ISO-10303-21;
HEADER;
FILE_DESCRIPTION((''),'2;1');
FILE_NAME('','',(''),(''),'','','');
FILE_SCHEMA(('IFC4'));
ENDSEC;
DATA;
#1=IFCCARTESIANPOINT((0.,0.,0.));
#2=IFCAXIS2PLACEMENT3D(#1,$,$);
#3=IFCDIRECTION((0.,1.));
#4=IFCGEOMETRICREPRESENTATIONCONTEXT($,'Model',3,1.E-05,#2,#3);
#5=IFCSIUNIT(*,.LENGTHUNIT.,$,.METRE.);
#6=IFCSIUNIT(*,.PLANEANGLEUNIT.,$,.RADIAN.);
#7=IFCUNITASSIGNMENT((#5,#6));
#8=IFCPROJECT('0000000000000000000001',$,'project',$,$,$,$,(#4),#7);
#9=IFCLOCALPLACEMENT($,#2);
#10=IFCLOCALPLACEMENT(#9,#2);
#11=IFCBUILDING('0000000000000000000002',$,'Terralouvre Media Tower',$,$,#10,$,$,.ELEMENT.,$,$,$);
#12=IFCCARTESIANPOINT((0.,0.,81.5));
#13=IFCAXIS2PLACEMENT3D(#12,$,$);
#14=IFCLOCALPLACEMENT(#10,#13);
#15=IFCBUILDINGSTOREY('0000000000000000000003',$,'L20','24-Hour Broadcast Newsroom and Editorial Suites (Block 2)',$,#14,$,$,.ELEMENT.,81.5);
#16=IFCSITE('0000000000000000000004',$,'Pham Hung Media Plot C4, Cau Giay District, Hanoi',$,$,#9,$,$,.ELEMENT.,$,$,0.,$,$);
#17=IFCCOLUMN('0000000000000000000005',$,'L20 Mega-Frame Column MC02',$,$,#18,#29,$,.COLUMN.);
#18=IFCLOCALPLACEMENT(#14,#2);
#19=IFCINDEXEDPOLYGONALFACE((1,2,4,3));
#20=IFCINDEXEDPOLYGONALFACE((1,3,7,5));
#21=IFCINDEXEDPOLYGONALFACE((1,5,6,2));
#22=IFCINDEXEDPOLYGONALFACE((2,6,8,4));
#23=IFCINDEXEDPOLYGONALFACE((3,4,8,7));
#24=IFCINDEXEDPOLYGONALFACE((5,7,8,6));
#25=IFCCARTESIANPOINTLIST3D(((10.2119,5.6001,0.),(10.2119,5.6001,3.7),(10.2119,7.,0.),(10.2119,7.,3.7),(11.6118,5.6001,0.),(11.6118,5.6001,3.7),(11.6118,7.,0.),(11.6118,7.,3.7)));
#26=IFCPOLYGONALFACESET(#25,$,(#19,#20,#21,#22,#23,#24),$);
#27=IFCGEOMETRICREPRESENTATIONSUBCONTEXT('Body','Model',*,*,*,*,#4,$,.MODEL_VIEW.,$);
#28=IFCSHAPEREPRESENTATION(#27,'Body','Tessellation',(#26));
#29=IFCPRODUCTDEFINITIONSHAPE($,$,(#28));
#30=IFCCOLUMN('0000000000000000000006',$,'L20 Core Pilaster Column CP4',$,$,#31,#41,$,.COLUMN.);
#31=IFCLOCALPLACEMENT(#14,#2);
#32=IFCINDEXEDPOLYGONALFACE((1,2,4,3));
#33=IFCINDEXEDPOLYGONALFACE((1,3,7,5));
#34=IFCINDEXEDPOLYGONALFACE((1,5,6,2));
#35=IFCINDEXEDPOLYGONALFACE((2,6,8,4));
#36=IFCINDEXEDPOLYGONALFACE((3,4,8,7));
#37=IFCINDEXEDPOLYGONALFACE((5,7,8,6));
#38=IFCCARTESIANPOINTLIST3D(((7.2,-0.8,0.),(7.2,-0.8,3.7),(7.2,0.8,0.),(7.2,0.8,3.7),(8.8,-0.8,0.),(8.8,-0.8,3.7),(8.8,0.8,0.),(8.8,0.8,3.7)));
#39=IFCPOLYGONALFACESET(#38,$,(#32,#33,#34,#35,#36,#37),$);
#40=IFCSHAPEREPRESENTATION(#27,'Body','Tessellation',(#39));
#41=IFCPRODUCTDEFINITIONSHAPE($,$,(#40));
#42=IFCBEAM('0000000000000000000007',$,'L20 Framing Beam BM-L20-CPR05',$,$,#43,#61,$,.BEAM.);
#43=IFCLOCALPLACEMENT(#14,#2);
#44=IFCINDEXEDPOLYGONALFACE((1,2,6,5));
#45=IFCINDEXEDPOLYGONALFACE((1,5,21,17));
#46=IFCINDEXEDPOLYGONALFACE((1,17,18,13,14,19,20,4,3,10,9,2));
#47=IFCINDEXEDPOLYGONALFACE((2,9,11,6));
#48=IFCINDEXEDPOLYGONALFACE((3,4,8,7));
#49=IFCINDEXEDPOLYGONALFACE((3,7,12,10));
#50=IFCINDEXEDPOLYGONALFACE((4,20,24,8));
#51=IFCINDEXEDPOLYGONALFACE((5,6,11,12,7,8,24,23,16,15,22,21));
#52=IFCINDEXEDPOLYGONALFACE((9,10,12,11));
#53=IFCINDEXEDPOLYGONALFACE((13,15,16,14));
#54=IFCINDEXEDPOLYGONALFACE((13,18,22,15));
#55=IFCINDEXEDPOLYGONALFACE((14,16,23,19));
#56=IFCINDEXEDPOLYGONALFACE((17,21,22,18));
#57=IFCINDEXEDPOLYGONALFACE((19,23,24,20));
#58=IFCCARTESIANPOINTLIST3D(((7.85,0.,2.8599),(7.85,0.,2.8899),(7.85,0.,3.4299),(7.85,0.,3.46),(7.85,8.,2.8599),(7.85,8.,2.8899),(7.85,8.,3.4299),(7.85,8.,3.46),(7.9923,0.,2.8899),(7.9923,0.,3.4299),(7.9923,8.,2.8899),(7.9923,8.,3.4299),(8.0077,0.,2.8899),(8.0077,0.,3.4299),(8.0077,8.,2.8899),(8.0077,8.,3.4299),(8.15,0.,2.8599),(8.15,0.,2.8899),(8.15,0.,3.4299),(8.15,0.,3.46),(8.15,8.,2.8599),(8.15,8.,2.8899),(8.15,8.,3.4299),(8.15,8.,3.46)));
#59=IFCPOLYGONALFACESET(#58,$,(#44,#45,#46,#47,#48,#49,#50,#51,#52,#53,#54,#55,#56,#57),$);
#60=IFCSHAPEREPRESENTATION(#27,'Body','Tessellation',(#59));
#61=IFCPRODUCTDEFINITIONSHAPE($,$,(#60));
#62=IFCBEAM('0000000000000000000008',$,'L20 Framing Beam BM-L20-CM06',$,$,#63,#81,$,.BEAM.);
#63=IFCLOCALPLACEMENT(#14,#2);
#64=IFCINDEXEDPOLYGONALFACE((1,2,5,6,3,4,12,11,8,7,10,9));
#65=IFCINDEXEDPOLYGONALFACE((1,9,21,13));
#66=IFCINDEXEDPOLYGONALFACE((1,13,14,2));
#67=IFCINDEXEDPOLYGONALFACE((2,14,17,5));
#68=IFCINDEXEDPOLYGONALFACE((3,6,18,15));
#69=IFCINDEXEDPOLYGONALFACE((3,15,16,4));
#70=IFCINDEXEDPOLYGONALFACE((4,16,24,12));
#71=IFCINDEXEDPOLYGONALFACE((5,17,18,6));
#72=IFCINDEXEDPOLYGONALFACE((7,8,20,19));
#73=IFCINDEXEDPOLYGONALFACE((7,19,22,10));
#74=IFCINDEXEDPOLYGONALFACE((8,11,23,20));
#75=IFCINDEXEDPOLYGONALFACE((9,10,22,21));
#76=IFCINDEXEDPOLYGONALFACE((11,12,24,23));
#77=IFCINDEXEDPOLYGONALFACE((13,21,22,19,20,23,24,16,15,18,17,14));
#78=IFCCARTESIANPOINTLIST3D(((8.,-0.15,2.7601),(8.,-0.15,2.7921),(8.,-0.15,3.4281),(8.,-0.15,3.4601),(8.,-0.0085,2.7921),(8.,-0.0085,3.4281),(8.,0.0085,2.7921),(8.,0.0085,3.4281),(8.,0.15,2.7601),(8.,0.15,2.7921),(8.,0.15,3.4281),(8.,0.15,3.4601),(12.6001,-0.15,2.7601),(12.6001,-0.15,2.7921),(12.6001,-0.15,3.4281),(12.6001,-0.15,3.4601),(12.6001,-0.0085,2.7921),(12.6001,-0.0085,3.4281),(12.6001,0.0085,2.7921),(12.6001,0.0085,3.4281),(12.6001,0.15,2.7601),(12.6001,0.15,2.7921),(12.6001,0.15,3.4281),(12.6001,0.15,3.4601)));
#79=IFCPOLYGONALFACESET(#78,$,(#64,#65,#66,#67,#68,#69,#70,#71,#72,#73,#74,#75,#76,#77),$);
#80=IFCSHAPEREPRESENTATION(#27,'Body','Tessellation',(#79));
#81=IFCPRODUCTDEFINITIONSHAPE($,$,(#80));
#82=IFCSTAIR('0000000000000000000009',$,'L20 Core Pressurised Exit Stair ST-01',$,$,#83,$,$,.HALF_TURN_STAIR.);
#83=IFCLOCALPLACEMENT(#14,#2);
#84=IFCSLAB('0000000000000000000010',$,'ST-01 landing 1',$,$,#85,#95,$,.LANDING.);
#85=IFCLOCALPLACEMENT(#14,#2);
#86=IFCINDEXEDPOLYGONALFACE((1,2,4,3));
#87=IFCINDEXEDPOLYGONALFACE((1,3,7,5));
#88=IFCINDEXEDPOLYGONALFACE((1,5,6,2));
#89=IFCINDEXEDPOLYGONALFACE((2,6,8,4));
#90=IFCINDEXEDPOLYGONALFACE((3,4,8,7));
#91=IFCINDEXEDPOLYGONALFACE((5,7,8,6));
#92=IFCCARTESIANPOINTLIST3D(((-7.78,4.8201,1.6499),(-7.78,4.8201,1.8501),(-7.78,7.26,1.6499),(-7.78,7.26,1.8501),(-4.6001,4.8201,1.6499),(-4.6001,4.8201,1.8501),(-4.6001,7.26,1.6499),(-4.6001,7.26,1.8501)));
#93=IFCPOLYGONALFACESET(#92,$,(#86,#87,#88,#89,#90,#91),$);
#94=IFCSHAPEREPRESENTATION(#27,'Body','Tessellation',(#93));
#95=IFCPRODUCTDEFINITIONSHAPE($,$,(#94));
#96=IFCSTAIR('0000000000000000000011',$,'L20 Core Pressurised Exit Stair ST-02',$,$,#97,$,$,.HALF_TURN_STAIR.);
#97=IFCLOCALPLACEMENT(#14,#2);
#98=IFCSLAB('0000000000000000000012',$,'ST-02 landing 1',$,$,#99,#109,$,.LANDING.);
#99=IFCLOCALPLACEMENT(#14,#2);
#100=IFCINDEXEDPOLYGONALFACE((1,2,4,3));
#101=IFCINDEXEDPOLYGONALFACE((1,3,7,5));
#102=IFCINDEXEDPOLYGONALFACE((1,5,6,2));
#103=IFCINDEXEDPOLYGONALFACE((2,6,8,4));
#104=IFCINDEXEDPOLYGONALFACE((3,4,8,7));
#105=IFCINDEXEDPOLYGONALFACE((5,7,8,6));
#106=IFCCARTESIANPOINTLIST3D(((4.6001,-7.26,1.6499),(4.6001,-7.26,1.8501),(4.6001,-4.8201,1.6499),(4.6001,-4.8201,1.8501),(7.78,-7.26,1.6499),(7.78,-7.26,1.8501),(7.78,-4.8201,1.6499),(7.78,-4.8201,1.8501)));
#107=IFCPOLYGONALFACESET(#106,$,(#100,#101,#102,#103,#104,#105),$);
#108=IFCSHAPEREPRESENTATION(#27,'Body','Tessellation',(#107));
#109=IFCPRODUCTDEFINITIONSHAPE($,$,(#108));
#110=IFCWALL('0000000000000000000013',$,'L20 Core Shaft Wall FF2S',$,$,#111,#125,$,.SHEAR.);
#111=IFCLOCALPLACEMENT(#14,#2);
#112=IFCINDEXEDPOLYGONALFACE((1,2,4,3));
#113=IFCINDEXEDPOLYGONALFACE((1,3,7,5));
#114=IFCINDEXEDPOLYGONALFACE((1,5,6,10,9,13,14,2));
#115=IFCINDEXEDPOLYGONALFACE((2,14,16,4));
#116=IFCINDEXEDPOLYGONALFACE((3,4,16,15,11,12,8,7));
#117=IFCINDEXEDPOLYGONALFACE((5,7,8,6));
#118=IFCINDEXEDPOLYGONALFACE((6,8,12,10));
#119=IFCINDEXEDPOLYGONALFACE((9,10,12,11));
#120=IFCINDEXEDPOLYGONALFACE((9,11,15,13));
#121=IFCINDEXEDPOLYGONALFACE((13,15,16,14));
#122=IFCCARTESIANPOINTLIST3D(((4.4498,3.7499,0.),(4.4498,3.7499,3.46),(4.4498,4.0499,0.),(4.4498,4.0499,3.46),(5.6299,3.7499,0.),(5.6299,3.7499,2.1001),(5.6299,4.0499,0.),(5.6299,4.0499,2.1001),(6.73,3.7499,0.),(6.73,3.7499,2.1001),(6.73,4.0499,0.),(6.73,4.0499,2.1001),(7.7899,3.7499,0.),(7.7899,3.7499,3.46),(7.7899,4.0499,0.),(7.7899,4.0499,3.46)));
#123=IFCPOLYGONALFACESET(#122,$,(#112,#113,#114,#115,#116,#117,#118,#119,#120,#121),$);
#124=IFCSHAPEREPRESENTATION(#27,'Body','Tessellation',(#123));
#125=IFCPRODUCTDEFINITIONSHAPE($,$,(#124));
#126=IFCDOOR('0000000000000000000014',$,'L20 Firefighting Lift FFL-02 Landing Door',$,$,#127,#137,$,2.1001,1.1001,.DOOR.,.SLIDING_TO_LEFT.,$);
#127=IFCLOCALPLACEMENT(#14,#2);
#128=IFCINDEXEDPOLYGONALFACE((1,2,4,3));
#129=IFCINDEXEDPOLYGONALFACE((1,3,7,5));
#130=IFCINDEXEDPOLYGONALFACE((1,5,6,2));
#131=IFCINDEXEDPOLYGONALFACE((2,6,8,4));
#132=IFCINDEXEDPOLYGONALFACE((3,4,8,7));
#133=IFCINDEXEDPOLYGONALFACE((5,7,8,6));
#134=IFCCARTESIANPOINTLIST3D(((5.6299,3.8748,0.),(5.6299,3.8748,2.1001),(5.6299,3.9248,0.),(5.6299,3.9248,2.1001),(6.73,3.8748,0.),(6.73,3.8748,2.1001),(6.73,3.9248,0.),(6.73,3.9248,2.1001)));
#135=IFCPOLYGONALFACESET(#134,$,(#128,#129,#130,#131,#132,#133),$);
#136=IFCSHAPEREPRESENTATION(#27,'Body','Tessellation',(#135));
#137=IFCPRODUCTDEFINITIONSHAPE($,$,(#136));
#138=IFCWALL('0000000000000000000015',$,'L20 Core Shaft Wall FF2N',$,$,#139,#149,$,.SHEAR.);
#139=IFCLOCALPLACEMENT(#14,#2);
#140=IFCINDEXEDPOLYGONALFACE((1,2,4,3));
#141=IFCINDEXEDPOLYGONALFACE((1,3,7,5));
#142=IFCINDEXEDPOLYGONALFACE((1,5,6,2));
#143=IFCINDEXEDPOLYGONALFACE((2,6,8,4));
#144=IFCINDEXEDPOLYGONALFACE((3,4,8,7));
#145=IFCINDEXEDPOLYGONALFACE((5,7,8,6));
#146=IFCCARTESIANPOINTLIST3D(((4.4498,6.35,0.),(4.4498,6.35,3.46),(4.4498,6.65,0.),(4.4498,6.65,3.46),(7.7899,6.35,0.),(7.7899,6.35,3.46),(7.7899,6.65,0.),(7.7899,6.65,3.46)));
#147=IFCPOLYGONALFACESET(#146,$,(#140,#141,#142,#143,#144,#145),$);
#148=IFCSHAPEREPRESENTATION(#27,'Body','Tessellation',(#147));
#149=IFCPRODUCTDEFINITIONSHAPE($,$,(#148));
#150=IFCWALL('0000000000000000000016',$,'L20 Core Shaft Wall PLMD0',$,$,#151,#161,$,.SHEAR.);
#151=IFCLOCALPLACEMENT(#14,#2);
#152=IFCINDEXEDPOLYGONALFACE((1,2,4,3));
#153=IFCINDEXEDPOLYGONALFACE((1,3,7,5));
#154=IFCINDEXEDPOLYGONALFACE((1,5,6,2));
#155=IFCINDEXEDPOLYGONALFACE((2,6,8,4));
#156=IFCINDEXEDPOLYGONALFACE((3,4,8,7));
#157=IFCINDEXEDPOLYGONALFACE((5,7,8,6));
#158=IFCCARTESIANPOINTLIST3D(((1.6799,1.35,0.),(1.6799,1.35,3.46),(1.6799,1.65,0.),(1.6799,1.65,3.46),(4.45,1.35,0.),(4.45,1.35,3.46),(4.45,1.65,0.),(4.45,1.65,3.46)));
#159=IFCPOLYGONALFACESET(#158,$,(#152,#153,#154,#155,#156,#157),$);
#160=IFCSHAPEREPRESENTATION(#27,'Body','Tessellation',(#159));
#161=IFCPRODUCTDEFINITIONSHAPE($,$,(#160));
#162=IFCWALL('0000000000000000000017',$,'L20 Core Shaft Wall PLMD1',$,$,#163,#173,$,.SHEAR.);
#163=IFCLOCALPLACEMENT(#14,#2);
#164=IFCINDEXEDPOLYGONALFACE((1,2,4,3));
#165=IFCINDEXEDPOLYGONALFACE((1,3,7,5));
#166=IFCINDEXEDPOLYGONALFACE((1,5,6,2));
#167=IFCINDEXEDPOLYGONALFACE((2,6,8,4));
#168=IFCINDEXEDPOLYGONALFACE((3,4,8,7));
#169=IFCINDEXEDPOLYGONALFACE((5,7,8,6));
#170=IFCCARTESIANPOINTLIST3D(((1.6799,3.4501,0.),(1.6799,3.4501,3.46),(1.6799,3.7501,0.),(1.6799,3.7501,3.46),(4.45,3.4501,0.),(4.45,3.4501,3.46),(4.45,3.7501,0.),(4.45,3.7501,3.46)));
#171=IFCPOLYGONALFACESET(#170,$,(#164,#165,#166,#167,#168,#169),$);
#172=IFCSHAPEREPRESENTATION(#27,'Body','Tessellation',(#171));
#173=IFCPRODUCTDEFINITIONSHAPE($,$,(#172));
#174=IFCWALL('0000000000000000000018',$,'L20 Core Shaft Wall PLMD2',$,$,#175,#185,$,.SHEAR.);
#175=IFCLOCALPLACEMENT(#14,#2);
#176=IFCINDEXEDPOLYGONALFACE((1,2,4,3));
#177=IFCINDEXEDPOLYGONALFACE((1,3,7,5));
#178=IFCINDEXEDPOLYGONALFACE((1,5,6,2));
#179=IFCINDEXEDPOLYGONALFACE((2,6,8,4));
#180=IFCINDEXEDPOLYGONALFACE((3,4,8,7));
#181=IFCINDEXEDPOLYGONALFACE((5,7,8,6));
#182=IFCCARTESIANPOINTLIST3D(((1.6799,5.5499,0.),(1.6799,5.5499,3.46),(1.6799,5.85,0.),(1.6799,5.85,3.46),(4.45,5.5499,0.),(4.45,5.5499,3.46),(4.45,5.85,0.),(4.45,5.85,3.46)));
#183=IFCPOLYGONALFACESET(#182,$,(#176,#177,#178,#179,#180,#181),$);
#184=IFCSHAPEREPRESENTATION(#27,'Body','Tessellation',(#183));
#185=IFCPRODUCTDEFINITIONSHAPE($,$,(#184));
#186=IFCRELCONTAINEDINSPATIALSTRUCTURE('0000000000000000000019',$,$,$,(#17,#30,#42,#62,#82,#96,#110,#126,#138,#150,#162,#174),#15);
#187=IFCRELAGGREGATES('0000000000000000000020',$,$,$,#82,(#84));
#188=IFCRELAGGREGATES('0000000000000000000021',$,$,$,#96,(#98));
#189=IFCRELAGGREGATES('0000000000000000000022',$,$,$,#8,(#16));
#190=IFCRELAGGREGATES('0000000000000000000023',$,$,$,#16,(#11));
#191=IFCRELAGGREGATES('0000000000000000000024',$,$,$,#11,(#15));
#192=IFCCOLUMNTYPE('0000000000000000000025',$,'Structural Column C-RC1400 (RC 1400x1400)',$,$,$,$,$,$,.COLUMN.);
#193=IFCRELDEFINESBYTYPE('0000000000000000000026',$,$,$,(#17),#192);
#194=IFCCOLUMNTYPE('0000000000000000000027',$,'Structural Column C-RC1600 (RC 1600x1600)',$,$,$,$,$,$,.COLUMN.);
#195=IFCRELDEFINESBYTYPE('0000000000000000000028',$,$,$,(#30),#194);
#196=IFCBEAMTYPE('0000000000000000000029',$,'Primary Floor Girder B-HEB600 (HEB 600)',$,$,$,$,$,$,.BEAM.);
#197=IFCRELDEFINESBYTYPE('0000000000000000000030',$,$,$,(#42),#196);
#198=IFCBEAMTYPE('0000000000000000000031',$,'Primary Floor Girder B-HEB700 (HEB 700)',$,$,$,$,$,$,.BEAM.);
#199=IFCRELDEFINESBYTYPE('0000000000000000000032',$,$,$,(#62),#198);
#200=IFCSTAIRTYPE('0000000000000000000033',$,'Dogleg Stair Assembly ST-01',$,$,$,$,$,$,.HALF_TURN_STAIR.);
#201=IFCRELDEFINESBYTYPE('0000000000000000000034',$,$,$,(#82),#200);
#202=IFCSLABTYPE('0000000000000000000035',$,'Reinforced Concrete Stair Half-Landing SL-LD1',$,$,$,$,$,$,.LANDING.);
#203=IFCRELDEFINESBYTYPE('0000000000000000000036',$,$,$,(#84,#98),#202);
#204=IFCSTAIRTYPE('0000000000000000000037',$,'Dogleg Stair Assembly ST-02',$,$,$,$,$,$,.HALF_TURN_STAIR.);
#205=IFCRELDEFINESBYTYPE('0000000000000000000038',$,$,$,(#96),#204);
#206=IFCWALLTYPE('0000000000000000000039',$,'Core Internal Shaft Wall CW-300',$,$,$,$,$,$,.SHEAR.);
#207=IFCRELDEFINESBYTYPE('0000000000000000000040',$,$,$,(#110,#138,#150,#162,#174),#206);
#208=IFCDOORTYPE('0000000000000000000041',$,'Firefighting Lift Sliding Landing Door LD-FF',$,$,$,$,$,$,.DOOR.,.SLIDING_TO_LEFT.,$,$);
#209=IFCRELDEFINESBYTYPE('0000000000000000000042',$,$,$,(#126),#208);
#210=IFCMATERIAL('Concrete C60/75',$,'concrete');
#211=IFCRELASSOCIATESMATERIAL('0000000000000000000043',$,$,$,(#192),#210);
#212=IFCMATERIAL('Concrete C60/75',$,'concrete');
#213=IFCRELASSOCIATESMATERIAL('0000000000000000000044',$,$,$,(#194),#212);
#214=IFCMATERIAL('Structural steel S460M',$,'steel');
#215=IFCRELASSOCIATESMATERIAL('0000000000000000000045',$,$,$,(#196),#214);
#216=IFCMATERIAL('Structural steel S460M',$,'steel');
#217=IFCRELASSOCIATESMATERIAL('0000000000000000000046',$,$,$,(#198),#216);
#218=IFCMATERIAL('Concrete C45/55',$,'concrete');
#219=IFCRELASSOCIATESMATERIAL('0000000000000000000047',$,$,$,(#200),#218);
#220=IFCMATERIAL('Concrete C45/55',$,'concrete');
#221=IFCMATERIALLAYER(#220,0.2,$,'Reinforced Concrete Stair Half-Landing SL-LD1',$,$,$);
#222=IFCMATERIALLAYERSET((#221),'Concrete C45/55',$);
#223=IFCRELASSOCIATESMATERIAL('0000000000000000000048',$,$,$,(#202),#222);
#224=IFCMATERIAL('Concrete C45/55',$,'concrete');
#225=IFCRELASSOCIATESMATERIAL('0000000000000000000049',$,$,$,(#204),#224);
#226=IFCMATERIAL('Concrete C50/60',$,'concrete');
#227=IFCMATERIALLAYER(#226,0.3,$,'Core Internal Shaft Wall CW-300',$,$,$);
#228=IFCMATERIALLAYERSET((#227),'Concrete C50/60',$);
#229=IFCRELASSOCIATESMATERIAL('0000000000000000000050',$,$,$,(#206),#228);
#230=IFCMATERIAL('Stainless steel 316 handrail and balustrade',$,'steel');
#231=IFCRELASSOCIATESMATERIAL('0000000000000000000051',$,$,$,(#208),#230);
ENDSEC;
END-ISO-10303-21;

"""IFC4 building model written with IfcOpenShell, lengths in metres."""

from ifc_helpers import new_model, si_unit, direction, frame, frame_2d, origin, origin_2d, place, context, subcontext, project, spatial, polyline, rectangle, i_section, outline, extrude, material, layer, layer_set, material_profile, profile_set, type_object, element, fill, aggregate, save


model = new_model("IFC4")

# Units and contexts
model_context = context("Model", 3, precision=1e-05, world=origin(), true_north=direction((0.0, 1.0)))
body_context = subcontext(model_context, "Body", "Model", "MODEL_VIEW")
ifc_project = project(units=[si_unit("LENGTHUNIT", "METRE"), si_unit("PLANEANGLEUNIT", "RADIAN")], contexts=[model_context])

# Site, building, storey
site_placement = place(None, origin())
site = spatial("IfcSite", under=ifc_project, at=site_placement, Name="Pham Hung Media Plot C4, Cau Giay District, Hanoi", CompositionType="ELEMENT", RefElevation=0.0)
building_placement = place(site_placement, origin())
building = spatial("IfcBuilding", under=site, at=building_placement, Name="Terralouvre Media Tower", CompositionType="ELEMENT")
storey_placement = place(building_placement, frame((0.0, 0.0, 81.5)))
storey = spatial("IfcBuildingStorey", under=building, at=storey_placement, Name="L20", Description="24-Hour Broadcast Newsroom and Editorial Suites (Block 2)", CompositionType="ELEMENT", Elevation=81.5)

# Columns
ifc_material_1 = material(Name="Concrete C60/75", Category="concrete")
ifc_material_profile_1 = material_profile(ifc_material_1, rectangle(XDim=1.3999, YDim=1.3999, at=origin_2d()), Name="RC 1400x1400")
ifc_profile_set_1 = profile_set([ifc_material_profile_1], Name="Concrete C60/75")
column_type_1 = type_object("IfcColumnType", Name="Structural Column C-RC1400 (RC 1400x1400)", PredefinedType="COLUMN", material=ifc_profile_set_1)
column_1_placement = place(storey_placement, frame((10.9119, 6.3, 0.0), z_axis=(0.0, 0.0, 1.0), x_axis=(1.0, 0.0, 0.0)))
element("IfcColumn", 1, at=column_1_placement, inside=storey, type_object=column_type_1, Name="L20 Mega-Frame Column MC02", PredefinedType="COLUMN", context=body_context, shape_type="SweptSolid", body=[
    extrude(rectangle(XDim=1.3999, YDim=1.3999, at=origin_2d()), origin(), (0.0, 0.0, 1.0), 3.7),
])
ifc_material_2 = material(Name="Concrete C60/75", Category="concrete")
ifc_material_profile_2 = material_profile(ifc_material_2, rectangle(XDim=1.6001, YDim=1.6001, at=origin_2d()), Name="RC 1600x1600")
ifc_profile_set_2 = profile_set([ifc_material_profile_2], Name="Concrete C60/75")
column_type_2 = type_object("IfcColumnType", Name="Structural Column C-RC1600 (RC 1600x1600)", PredefinedType="COLUMN", material=ifc_profile_set_2)
column_2_placement = place(storey_placement, frame((8.0, 0.0, 0.0), z_axis=(0.0, 0.0, 1.0), x_axis=(1.0, 0.0, 0.0)))
element("IfcColumn", 2, at=column_2_placement, inside=storey, type_object=column_type_2, Name="L20 Core Pilaster Column CP4", PredefinedType="COLUMN", context=body_context, shape_type="SweptSolid", body=[
    extrude(rectangle(XDim=1.6001, YDim=1.6001, at=origin_2d()), origin(), (0.0, 0.0, 1.0), 3.7),
])

# Beams
ifc_material_3 = material(Name="Structural steel S460M", Category="steel")
ifc_material_profile_3 = material_profile(ifc_material_3, i_section(OverallWidth=0.3, OverallDepth=0.6001, WebThickness=0.0154, FlangeThickness=0.03, at=origin_2d()), Name="HEB 600")
ifc_profile_set_3 = profile_set([ifc_material_profile_3], Name="Structural steel S460M")
beam_type_1 = type_object("IfcBeamType", Name="Primary Floor Girder B-HEB600 (HEB 600)", PredefinedType="BEAM", material=ifc_profile_set_3)
beam_1_placement = place(storey_placement, frame((8.0, 0.0, 3.1599), z_axis=(0.0, 1.0, 0.0), x_axis=(-1.0, 0.0, 0.0)))
element("IfcBeam", 3, at=beam_1_placement, inside=storey, type_object=beam_type_1, Name="L20 Framing Beam BM-L20-CPR05", PredefinedType="BEAM", context=body_context, shape_type="SweptSolid", body=[
    extrude(i_section(OverallWidth=0.3, OverallDepth=0.6001, WebThickness=0.0154, FlangeThickness=0.03, at=origin_2d()), origin(), (0.0, 0.0, 1.0), 8.0),
])
ifc_material_4 = material(Name="Structural steel S460M", Category="steel")
ifc_material_profile_4 = material_profile(ifc_material_4, i_section(OverallWidth=0.3, OverallDepth=0.7, WebThickness=0.0171, FlangeThickness=0.032, at=origin_2d()), Name="HEB 700")
ifc_profile_set_4 = profile_set([ifc_material_profile_4], Name="Structural steel S460M")
beam_type_2 = type_object("IfcBeamType", Name="Primary Floor Girder B-HEB700 (HEB 700)", PredefinedType="BEAM", material=ifc_profile_set_4)
beam_2_placement = place(storey_placement, frame((8.0, 0.0, 3.1101), z_axis=(1.0, 0.0, 0.0), x_axis=(0.0, 1.0, 0.0)))
element("IfcBeam", 4, at=beam_2_placement, inside=storey, type_object=beam_type_2, Name="L20 Framing Beam BM-L20-CM06", PredefinedType="BEAM", context=body_context, shape_type="SweptSolid", body=[
    extrude(i_section(OverallWidth=0.3, OverallDepth=0.7, WebThickness=0.0171, FlangeThickness=0.032, at=origin_2d()), origin(), (0.0, 0.0, 1.0), 4.6001),
])

# Stairs, slabs
ifc_material_5 = material(Name="Concrete C45/55", Category="concrete")
stair_type_1 = type_object("IfcStairType", Name="Dogleg Stair Assembly ST-01", PredefinedType="HALF_TURN_STAIR", material=ifc_material_5)
stair_1_placement = place(storey_placement, origin())
stair_1 = element("IfcStair", 5, at=stair_1_placement, inside=storey, type_object=stair_type_1, Name="L20 Core Pressurised Exit Stair ST-01", PredefinedType="HALF_TURN_STAIR")
ifc_material_6 = material(Name="Concrete C45/55", Category="concrete")
ifc_layer_1 = layer(ifc_material_6, 0.2, Name="Reinforced Concrete Stair Half-Landing SL-LD1")
ifc_layer_set_1 = layer_set([ifc_layer_1], Name="Concrete C45/55")
slab_type = type_object("IfcSlabType", Name="Reinforced Concrete Stair Half-Landing SL-LD1", PredefinedType="LANDING", material=ifc_layer_set_1)
slab_1_placement = place(storey_placement, frame((0.0, 0.0, 1.6499)))
slab_1 = element("IfcSlab", 6, at=slab_1_placement, type_object=slab_type, Name="ST-01 landing 1", PredefinedType="LANDING", context=body_context, shape_type="SweptSolid", body=[
    extrude(outline(polyline([(-4.6001, 4.8201), (-4.6001, 7.26), (-7.78, 7.26), (-7.78, 4.8201), (-4.6001, 4.8201)])), origin(), (0.0, 0.0, 1.0), 0.2002),
])
aggregate(stair_1, [slab_1])
ifc_material_7 = material(Name="Concrete C45/55", Category="concrete")
stair_type_2 = type_object("IfcStairType", Name="Dogleg Stair Assembly ST-02", PredefinedType="HALF_TURN_STAIR", material=ifc_material_7)
stair_2_placement = place(storey_placement, origin())
stair_2 = element("IfcStair", 7, at=stair_2_placement, inside=storey, type_object=stair_type_2, Name="L20 Core Pressurised Exit Stair ST-02", PredefinedType="HALF_TURN_STAIR")
slab_2_placement = place(storey_placement, frame((0.0, 0.0, 1.6499)))
slab_2 = element("IfcSlab", 8, at=slab_2_placement, type_object=slab_type, Name="ST-02 landing 1", PredefinedType="LANDING", context=body_context, shape_type="SweptSolid", body=[
    extrude(outline(polyline([(4.6001, -4.8201), (4.6001, -7.26), (7.78, -7.26), (7.78, -4.8201), (4.6001, -4.8201)])), origin(), (0.0, 0.0, 1.0), 0.2002),
])
aggregate(stair_2, [slab_2])

# Wall, opening, door
ifc_material_8 = material(Name="Concrete C50/60", Category="concrete")
ifc_layer_2 = layer(ifc_material_8, 0.3, Name="Core Internal Shaft Wall CW-300")
ifc_layer_set_2 = layer_set([ifc_layer_2], Name="Concrete C50/60")
wall_type_1 = type_object("IfcWallType", Name="Core Internal Shaft Wall CW-300", PredefinedType="SHEAR", material=ifc_layer_set_2)
wall_1_placement = place(storey_placement, frame((4.45, 3.8999, 0.0), z_axis=(0.0, 0.0, 1.0), x_axis=(1.0, 0.0, 0.0)))
wall_1 = element("IfcWall", 9, at=wall_1_placement, inside=storey, type_object=wall_type_1, Name="L20 Core Shaft Wall FF2S", PredefinedType="SHEAR", context=body_context, shape_type="SweptSolid", body=[
    extrude(rectangle(XDim=3.3401, YDim=0.3, at=frame_2d((1.6699, 0.0))), origin(), (0.0, 0.0, 1.0), 3.46),
])
opening_1_placement = place(wall_1_placement, frame((1.1799, 0.0, 0.0)))
opening_1 = element("IfcOpeningElement", 10, at=opening_1_placement, cuts=wall_1, PredefinedType="OPENING", context=body_context, shape_type="SweptSolid", body=[
    extrude(rectangle(XDim=1.1001, YDim=2.1001, at=frame_2d((0.55, 1.05))), frame((0.0, 0.1599, 0.0), z_axis=(0.0, -1.0, 0.0), x_axis=(1.0, 0.0, 0.0)), (0.0, 0.0, 1.0), 0.3201),
])
ifc_material_9 = material(Name="Stainless steel 316 handrail and balustrade", Category="steel")
door_type_1 = type_object("IfcDoorType", Name="Firefighting Lift Sliding Landing Door LD-FF", OperationType="SLIDING_TO_LEFT", PredefinedType="DOOR", material=ifc_material_9)
door_1_placement = place(opening_1_placement, origin())
door_1 = element("IfcDoor", 11, at=door_1_placement, inside=storey, type_object=door_type_1, Name="L20 Firefighting Lift FFL-02 Landing Door", OperationType="SLIDING_TO_LEFT", OverallHeight=2.1001, OverallWidth=1.1001, PredefinedType="DOOR", context=body_context, shape_type="SweptSolid", body=[
    extrude(rectangle(XDim=1.1001, YDim=2.1001, at=frame_2d((0.55, 1.05))), frame((0.0, 0.0249, 0.0), z_axis=(0.0, -1.0, 0.0), x_axis=(1.0, 0.0, 0.0)), (0.0, 0.0, 1.0), 0.05),
])
fill(opening_1, door_1)

# Walls
wall_2_placement = place(storey_placement, frame((4.45, 6.5, 0.0), z_axis=(0.0, 0.0, 1.0), x_axis=(1.0, 0.0, 0.0)))
element("IfcWall", 12, at=wall_2_placement, inside=storey, type_object=wall_type_1, Name="L20 Core Shaft Wall FF2N", PredefinedType="SHEAR", context=body_context, shape_type="SweptSolid", body=[
    extrude(rectangle(XDim=3.3401, YDim=0.3, at=frame_2d((1.6699, 0.0))), origin(), (0.0, 0.0, 1.0), 3.46),
])
for number, where, z_axis, x_axis, name in (
    (13, (1.6799, 1.5, 0.0), (0.0, 0.0, 1.0), (1.0, 0.0, 0.0), "L20 Core Shaft Wall PLMD0"),
    (14, (1.6799, 3.6001, 0.0), (0.0, 0.0, 1.0), (1.0, 0.0, 0.0), "L20 Core Shaft Wall PLMD1"),
    (15, (1.6799, 5.7, 0.0), (0.0, 0.0, 1.0), (1.0, 0.0, 0.0), "L20 Core Shaft Wall PLMD2"),
):
    element("IfcWall", number, at=place(storey_placement, frame(where, z_axis=z_axis, x_axis=x_axis)), inside=storey, type_object=wall_type_1, Name=name, PredefinedType="SHEAR", context=body_context, shape_type="SweptSolid", body=[
        extrude(rectangle(XDim=2.77, YDim=0.3, at=frame_2d((1.385, 0.0))), origin(), (0.0, 0.0, 1.0), 3.46),
    ])

save(model, "model.ifc")
